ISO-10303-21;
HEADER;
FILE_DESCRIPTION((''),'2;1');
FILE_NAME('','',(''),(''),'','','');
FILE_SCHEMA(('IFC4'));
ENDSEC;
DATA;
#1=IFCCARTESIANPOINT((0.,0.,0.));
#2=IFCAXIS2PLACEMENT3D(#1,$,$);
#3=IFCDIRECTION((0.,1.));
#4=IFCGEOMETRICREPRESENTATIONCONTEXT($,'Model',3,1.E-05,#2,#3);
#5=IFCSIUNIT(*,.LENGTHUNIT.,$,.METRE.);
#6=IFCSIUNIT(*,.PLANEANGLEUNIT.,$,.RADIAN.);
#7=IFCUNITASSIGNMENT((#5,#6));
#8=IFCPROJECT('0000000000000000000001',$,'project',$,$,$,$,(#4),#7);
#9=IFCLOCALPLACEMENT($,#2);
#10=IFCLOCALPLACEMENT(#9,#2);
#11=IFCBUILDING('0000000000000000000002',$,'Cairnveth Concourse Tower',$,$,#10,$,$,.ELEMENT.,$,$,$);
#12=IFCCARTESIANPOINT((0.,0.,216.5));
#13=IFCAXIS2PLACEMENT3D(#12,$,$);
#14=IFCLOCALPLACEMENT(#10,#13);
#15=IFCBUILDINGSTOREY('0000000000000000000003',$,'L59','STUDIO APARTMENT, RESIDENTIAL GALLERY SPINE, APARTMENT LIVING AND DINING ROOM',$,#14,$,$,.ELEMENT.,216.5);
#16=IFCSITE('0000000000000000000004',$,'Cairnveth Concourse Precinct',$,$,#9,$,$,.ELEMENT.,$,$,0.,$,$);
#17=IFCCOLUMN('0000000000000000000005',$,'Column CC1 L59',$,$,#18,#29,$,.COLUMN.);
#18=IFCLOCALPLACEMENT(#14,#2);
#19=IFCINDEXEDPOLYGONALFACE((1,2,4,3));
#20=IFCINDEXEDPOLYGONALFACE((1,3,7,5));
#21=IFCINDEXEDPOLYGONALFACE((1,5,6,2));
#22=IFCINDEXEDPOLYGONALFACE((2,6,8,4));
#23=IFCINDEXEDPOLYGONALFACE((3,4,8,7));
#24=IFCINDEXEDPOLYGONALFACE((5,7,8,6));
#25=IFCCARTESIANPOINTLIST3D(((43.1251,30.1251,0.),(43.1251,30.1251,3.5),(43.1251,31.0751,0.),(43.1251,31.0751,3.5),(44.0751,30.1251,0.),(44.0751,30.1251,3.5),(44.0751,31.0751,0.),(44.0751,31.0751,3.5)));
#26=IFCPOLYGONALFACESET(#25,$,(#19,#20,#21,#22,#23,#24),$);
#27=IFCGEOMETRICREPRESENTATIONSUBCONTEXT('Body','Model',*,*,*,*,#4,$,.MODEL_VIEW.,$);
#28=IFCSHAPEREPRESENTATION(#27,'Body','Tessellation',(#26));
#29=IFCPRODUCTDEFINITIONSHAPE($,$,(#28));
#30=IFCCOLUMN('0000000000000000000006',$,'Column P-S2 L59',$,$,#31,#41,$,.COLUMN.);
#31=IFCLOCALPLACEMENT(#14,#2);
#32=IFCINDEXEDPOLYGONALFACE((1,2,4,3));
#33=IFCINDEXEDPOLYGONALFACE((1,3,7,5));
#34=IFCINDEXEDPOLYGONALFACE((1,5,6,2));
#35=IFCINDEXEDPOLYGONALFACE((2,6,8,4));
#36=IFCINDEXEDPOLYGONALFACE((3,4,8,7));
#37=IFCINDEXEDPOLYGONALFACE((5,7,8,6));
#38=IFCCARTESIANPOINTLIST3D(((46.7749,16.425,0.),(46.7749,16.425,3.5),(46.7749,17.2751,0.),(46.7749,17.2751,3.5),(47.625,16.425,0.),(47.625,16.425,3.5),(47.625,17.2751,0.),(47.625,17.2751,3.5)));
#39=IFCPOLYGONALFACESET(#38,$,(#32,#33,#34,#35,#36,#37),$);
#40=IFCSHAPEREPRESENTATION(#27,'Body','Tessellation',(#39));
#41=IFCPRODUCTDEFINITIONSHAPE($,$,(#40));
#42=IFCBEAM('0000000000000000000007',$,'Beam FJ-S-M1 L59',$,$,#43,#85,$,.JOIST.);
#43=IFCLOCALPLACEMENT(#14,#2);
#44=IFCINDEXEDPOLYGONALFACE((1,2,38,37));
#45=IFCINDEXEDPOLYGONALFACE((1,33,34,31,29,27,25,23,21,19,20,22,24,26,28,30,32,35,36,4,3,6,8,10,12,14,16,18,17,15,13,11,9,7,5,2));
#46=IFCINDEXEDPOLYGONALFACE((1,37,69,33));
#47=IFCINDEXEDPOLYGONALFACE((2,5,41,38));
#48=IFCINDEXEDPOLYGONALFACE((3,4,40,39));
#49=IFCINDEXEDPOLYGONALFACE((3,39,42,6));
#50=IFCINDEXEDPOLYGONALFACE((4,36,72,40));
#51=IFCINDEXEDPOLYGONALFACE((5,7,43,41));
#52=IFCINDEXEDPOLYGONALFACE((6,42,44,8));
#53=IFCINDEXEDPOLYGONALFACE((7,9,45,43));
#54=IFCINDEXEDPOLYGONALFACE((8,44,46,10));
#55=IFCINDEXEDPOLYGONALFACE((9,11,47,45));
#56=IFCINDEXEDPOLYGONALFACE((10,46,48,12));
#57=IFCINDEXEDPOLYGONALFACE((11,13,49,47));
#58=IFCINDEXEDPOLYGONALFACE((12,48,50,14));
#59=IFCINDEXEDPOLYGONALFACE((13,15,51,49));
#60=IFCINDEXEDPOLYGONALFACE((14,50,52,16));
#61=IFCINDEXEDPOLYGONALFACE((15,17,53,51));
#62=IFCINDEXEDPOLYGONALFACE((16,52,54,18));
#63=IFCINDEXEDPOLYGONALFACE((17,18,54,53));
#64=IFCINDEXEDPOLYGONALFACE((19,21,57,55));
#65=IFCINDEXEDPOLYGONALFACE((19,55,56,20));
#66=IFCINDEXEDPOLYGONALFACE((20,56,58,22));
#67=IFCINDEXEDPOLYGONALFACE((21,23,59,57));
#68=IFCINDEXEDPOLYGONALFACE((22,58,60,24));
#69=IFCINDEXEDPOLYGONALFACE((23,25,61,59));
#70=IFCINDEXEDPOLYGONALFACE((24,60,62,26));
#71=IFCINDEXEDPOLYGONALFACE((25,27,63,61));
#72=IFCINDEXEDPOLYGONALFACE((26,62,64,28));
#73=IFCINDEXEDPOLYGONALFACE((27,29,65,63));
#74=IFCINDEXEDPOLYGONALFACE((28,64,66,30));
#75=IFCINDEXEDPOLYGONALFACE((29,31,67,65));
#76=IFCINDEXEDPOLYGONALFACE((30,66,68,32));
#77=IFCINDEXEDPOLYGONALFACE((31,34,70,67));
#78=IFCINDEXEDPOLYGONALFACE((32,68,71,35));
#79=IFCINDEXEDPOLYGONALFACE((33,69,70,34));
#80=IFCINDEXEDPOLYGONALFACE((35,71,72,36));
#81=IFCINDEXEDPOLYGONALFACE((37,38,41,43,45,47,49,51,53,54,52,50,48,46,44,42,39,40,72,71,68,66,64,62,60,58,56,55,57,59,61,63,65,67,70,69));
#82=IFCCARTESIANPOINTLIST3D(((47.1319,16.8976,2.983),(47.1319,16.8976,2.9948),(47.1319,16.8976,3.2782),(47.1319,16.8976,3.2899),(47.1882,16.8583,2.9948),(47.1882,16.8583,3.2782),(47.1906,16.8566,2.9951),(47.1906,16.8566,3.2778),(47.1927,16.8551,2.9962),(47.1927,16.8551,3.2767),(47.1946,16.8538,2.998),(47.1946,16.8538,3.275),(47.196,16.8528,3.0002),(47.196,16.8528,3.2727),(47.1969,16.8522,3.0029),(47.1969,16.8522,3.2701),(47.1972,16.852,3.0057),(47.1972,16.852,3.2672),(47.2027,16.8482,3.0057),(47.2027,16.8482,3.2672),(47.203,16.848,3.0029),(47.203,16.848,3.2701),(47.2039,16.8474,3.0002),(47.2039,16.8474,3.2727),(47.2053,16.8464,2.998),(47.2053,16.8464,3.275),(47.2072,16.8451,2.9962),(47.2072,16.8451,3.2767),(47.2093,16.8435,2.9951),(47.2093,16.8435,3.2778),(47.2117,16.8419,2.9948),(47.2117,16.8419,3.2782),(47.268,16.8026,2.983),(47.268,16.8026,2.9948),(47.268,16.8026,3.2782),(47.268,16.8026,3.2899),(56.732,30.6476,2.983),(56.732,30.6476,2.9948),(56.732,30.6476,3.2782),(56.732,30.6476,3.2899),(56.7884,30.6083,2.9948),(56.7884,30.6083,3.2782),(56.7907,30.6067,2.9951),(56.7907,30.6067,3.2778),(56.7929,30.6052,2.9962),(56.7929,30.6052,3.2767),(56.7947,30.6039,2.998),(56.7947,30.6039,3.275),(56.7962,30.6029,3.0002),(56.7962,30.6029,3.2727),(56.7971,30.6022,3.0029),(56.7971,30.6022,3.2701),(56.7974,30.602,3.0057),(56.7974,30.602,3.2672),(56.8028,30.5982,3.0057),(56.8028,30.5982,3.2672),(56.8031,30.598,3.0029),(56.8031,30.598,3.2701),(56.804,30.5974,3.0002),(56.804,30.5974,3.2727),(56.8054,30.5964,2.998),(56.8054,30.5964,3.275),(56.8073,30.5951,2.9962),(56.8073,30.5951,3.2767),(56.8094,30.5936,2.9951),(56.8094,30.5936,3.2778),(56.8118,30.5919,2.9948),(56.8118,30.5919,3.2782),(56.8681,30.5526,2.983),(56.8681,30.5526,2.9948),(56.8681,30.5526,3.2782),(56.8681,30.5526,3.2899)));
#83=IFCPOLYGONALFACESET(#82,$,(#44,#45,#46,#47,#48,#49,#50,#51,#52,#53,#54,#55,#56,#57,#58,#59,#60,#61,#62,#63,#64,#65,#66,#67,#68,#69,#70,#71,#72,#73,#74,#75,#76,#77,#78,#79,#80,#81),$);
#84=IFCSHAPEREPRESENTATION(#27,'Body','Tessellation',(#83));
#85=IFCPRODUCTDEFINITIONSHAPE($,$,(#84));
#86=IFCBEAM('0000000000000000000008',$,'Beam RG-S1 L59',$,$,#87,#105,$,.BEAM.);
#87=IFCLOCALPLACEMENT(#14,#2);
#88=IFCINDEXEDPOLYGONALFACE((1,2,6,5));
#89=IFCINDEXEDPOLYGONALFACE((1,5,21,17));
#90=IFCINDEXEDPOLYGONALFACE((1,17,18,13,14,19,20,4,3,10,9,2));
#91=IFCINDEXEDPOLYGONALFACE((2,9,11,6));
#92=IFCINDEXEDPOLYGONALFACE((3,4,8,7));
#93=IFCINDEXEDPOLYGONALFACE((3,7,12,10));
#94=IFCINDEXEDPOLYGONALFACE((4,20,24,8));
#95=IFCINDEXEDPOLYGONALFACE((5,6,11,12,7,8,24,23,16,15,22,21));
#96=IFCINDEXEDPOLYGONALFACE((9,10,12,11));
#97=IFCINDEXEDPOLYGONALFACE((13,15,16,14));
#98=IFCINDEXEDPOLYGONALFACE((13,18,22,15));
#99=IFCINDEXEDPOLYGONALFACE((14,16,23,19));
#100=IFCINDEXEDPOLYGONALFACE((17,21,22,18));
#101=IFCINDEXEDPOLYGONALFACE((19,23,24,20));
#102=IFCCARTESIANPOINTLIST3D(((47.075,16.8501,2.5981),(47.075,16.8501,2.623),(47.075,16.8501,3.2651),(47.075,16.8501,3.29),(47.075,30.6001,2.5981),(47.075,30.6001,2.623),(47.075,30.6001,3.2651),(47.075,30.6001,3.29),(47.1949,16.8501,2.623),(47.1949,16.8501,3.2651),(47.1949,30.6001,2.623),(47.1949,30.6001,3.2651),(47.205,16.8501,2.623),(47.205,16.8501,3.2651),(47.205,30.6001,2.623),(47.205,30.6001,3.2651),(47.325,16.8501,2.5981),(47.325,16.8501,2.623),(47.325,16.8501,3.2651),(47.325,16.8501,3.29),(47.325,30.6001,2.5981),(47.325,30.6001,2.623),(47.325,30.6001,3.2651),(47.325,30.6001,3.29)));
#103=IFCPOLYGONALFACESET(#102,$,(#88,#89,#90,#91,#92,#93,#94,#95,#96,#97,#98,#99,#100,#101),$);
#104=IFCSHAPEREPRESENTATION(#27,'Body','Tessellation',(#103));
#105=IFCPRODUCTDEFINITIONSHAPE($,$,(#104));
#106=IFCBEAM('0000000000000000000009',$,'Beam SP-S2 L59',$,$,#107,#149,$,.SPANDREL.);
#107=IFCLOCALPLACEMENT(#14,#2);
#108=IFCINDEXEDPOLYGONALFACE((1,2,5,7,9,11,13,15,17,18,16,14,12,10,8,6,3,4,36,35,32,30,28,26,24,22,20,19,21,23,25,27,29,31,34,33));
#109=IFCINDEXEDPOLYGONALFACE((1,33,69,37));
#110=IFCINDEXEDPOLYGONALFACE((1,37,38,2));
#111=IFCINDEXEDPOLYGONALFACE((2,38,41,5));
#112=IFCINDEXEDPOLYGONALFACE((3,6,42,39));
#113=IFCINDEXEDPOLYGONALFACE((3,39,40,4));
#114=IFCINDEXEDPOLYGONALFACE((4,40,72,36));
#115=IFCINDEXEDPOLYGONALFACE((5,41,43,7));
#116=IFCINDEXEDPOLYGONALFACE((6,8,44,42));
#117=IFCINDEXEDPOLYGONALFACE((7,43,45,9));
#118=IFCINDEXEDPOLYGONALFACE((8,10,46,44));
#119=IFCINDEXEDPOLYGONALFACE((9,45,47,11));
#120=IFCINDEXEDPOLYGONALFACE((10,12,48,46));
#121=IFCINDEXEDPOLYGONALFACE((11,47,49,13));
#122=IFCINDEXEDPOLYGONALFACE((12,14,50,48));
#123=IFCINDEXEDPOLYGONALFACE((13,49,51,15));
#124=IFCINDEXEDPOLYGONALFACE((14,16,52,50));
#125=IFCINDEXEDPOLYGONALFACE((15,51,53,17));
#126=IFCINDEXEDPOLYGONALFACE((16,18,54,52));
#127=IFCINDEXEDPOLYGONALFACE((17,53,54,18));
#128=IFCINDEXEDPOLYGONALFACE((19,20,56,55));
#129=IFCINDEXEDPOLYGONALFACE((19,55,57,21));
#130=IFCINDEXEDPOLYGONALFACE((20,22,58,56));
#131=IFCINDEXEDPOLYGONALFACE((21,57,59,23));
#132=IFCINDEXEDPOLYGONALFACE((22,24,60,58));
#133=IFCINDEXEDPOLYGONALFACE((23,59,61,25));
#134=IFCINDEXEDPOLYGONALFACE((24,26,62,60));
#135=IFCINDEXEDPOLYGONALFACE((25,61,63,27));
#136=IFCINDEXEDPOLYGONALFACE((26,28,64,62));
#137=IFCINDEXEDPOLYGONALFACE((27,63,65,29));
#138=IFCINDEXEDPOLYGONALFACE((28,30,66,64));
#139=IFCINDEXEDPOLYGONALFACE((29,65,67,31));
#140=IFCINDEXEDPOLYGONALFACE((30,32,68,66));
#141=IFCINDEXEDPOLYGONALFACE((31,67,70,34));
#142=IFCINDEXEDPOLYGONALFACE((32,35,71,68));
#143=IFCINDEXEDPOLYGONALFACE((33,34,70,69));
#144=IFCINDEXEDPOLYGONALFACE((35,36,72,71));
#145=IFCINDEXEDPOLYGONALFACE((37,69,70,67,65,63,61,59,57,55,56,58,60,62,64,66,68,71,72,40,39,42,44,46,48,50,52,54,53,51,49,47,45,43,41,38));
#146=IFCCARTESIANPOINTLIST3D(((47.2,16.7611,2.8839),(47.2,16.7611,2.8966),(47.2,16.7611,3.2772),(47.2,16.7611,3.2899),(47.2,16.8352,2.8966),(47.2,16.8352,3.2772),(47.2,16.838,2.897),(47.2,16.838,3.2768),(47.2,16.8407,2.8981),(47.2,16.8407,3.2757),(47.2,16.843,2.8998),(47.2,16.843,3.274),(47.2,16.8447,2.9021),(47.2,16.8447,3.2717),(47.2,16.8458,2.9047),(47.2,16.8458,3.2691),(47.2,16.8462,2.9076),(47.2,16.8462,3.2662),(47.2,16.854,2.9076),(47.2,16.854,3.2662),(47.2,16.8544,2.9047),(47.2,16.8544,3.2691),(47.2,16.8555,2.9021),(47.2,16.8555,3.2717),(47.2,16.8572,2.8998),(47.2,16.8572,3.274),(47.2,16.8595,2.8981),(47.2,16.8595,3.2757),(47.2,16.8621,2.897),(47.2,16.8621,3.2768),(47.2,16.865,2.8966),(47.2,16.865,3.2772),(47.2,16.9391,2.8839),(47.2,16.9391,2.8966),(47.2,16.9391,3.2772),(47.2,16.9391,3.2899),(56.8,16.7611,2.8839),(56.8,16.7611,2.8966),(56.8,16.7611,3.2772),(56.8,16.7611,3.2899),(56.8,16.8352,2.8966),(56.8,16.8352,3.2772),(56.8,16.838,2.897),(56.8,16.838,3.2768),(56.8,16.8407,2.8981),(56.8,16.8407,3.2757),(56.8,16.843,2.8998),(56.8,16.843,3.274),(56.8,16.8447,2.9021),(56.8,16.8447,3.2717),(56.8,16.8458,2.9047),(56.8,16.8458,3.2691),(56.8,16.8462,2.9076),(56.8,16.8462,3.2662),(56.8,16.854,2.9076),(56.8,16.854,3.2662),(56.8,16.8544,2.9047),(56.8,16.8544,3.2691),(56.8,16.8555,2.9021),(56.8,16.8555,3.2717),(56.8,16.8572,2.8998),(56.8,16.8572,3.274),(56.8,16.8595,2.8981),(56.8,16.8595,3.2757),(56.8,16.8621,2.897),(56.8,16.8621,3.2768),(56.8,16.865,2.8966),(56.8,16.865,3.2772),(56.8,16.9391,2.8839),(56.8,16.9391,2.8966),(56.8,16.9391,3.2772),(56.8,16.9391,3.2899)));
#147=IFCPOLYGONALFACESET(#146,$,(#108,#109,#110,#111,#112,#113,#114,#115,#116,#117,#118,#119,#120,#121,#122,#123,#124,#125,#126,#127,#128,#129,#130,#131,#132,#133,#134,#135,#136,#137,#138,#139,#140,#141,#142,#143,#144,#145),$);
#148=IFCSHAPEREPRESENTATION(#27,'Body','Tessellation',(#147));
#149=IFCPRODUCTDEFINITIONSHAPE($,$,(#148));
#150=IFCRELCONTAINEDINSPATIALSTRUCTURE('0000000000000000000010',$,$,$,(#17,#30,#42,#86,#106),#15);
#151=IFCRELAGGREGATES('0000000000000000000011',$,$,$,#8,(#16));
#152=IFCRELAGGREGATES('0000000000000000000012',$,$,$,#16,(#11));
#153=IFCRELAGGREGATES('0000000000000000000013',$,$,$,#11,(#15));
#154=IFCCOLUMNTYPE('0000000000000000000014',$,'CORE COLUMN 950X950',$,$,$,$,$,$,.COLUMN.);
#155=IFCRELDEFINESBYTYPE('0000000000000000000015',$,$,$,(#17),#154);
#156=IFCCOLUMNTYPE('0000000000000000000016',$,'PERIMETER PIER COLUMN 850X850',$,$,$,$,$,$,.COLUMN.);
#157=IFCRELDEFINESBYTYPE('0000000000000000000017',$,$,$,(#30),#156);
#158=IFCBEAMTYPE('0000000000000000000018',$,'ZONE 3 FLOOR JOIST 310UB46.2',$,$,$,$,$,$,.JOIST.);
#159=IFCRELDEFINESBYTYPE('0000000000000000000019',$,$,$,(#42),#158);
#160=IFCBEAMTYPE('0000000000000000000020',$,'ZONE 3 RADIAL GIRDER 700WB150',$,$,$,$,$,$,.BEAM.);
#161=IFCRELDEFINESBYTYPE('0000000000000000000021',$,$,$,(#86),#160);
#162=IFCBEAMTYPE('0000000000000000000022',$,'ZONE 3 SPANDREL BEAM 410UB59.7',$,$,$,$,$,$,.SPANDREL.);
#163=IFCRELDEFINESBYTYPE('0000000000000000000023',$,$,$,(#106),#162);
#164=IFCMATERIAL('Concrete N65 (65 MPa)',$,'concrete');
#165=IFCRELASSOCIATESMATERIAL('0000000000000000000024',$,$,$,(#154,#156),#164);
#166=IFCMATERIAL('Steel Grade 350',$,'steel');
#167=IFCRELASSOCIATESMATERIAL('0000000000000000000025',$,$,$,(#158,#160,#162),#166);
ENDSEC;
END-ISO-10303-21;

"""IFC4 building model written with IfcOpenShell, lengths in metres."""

from ifc_helpers import new_model, si_unit, direction, frame, origin, origin_2d, place, context, subcontext, project, spatial, rectangle, i_section, extrude, material, material_profile, profile_set, type_object, element, save


model = new_model("IFC4")

# Units and contexts
model_context = context("Model", 3, precision=1e-05, world=origin(), true_north=direction((0.0, 1.0)))
body_context = subcontext(model_context, "Body", "Model", "MODEL_VIEW")
ifc_project = project(units=[si_unit("LENGTHUNIT", "METRE"), si_unit("PLANEANGLEUNIT", "RADIAN")], contexts=[model_context])

# Site, building, storey
site_placement = place(None, origin())
site = spatial("IfcSite", under=ifc_project, at=site_placement, Name="Cairnveth Concourse Precinct", CompositionType="ELEMENT", RefElevation=0.0)
building_placement = place(site_placement, origin())
building = spatial("IfcBuilding", under=site, at=building_placement, Name="Cairnveth Concourse Tower", CompositionType="ELEMENT")
storey_placement = place(building_placement, frame((0.0, 0.0, 216.5)))
storey = spatial("IfcBuildingStorey", under=building, at=storey_placement, Name="L59", Description="STUDIO APARTMENT, RESIDENTIAL GALLERY SPINE, APARTMENT LIVING AND DINING ROOM", CompositionType="ELEMENT", Elevation=216.5)

# Columns
ifc_material_1 = material(Name="Concrete N65 (65 MPa)", Category="concrete")
ifc_material_profile_1 = material_profile(ifc_material_1, rectangle(XDim=0.95, YDim=0.95, at=origin_2d()), Name="RC-COL-950x950")
ifc_profile_set_1 = profile_set([ifc_material_profile_1], Name="Concrete N65 (65 MPa)")
column_type_1 = type_object("IfcColumnType", Name="CORE COLUMN 950X950", PredefinedType="COLUMN", material=ifc_profile_set_1)
column_1_placement = place(storey_placement, frame((43.6001, 30.6001, 0.0), z_axis=(0.0, 0.0, 1.0), x_axis=(1.0, 0.0, 0.0)))
element("IfcColumn", 1, at=column_1_placement, inside=storey, type_object=column_type_1, Name="Column CC1 L59", PredefinedType="COLUMN", context=body_context, shape_type="SweptSolid", body=[
    extrude(rectangle(XDim=0.95, YDim=0.95, at=origin_2d()), origin(), (0.0, 0.0, 1.0), 3.5),
])
ifc_material_profile_2 = material_profile(ifc_material_1, rectangle(XDim=0.8501, YDim=0.8501, at=origin_2d()), Name="RC-COL-850x850")
ifc_profile_set_2 = profile_set([ifc_material_profile_2], Name="Concrete N65 (65 MPa)")
column_type_2 = type_object("IfcColumnType", Name="PERIMETER PIER COLUMN 850X850", PredefinedType="COLUMN", material=ifc_profile_set_2)
column_2_placement = place(storey_placement, frame((47.2, 16.8501, 0.0), z_axis=(0.0, 0.0, 1.0), x_axis=(1.0, 0.0, 0.0)))
element("IfcColumn", 2, at=column_2_placement, inside=storey, type_object=column_type_2, Name="Column P-S2 L59", PredefinedType="COLUMN", context=body_context, shape_type="SweptSolid", body=[
    extrude(rectangle(XDim=0.8501, YDim=0.8501, at=origin_2d()), origin(), (0.0, 0.0, 1.0), 3.5),
])

# Beams
ifc_material_2 = material(Name="Steel Grade 350", Category="steel")
ifc_material_profile_3 = material_profile(ifc_material_2, i_section(OverallWidth=0.166, OverallDepth=0.3069, WebThickness=0.0066, FlangeThickness=0.0117, FilletRadius=0.011, at=origin_2d()), Name="310UB46.2")
ifc_profile_set_3 = profile_set([ifc_material_profile_3], Name="Steel Grade 350")
beam_type_1 = type_object("IfcBeamType", Name="ZONE 3 FLOOR JOIST 310UB46.2", PredefinedType="JOIST", material=ifc_profile_set_3)
beam_1_placement = place(storey_placement, frame((47.2, 16.8501, 3.1365), z_axis=(0.572465, 0.819929, 0.0), x_axis=(-0.819929, 0.572465, 0.0)))
element("IfcBeam", 3, at=beam_1_placement, inside=storey, type_object=beam_type_1, Name="Beam FJ-S-M1 L59", PredefinedType="JOIST", context=body_context, shape_type="SweptSolid", body=[
    extrude(i_section(OverallWidth=0.166, OverallDepth=0.3069, WebThickness=0.0066, FlangeThickness=0.0117, FilletRadius=0.011, at=origin_2d()), origin(), (0.0, 0.0, 1.0), 16.7698),
])
ifc_material_profile_4 = material_profile(ifc_material_2, i_section(OverallWidth=0.25, OverallDepth=0.6919, WebThickness=0.01, FlangeThickness=0.0249, at=origin_2d()), Name="700WB150")
ifc_profile_set_4 = profile_set([ifc_material_profile_4], Name="Steel Grade 350")
beam_type_2 = type_object("IfcBeamType", Name="ZONE 3 RADIAL GIRDER 700WB150", PredefinedType="BEAM", material=ifc_profile_set_4)
beam_2_placement = place(storey_placement, frame((47.2, 16.8501, 2.9441), z_axis=(0.0, 1.0, 0.0), x_axis=(-1.0, 0.0, 0.0)))
element("IfcBeam", 4, at=beam_2_placement, inside=storey, type_object=beam_type_2, Name="Beam RG-S1 L59", PredefinedType="BEAM", context=body_context, shape_type="SweptSolid", body=[
    extrude(i_section(OverallWidth=0.25, OverallDepth=0.6919, WebThickness=0.01, FlangeThickness=0.0249, at=origin_2d()), origin(), (0.0, 0.0, 1.0), 13.75),
])
ifc_material_profile_5 = material_profile(ifc_material_2, i_section(OverallWidth=0.178, OverallDepth=0.406, WebThickness=0.0078, FlangeThickness=0.0127, FilletRadius=0.011, at=origin_2d()), Name="410UB59.7")
ifc_profile_set_5 = profile_set([ifc_material_profile_5], Name="Steel Grade 350")
beam_type_3 = type_object("IfcBeamType", Name="ZONE 3 SPANDREL BEAM 410UB59.7", PredefinedType="SPANDREL", material=ifc_profile_set_5)
beam_3_placement = place(storey_placement, frame((47.2, 16.8501, 3.0869), z_axis=(1.0, 0.0, 0.0), x_axis=(0.0, 1.0, 0.0)))
element("IfcBeam", 5, at=beam_3_placement, inside=storey, type_object=beam_type_3, Name="Beam SP-S2 L59", PredefinedType="SPANDREL", context=body_context, shape_type="SweptSolid", body=[
    extrude(i_section(OverallWidth=0.178, OverallDepth=0.406, WebThickness=0.0078, FlangeThickness=0.0127, FilletRadius=0.011, at=origin_2d()), origin(), (0.0, 0.0, 1.0), 9.6001),
])

save(model, "model.ifc")
